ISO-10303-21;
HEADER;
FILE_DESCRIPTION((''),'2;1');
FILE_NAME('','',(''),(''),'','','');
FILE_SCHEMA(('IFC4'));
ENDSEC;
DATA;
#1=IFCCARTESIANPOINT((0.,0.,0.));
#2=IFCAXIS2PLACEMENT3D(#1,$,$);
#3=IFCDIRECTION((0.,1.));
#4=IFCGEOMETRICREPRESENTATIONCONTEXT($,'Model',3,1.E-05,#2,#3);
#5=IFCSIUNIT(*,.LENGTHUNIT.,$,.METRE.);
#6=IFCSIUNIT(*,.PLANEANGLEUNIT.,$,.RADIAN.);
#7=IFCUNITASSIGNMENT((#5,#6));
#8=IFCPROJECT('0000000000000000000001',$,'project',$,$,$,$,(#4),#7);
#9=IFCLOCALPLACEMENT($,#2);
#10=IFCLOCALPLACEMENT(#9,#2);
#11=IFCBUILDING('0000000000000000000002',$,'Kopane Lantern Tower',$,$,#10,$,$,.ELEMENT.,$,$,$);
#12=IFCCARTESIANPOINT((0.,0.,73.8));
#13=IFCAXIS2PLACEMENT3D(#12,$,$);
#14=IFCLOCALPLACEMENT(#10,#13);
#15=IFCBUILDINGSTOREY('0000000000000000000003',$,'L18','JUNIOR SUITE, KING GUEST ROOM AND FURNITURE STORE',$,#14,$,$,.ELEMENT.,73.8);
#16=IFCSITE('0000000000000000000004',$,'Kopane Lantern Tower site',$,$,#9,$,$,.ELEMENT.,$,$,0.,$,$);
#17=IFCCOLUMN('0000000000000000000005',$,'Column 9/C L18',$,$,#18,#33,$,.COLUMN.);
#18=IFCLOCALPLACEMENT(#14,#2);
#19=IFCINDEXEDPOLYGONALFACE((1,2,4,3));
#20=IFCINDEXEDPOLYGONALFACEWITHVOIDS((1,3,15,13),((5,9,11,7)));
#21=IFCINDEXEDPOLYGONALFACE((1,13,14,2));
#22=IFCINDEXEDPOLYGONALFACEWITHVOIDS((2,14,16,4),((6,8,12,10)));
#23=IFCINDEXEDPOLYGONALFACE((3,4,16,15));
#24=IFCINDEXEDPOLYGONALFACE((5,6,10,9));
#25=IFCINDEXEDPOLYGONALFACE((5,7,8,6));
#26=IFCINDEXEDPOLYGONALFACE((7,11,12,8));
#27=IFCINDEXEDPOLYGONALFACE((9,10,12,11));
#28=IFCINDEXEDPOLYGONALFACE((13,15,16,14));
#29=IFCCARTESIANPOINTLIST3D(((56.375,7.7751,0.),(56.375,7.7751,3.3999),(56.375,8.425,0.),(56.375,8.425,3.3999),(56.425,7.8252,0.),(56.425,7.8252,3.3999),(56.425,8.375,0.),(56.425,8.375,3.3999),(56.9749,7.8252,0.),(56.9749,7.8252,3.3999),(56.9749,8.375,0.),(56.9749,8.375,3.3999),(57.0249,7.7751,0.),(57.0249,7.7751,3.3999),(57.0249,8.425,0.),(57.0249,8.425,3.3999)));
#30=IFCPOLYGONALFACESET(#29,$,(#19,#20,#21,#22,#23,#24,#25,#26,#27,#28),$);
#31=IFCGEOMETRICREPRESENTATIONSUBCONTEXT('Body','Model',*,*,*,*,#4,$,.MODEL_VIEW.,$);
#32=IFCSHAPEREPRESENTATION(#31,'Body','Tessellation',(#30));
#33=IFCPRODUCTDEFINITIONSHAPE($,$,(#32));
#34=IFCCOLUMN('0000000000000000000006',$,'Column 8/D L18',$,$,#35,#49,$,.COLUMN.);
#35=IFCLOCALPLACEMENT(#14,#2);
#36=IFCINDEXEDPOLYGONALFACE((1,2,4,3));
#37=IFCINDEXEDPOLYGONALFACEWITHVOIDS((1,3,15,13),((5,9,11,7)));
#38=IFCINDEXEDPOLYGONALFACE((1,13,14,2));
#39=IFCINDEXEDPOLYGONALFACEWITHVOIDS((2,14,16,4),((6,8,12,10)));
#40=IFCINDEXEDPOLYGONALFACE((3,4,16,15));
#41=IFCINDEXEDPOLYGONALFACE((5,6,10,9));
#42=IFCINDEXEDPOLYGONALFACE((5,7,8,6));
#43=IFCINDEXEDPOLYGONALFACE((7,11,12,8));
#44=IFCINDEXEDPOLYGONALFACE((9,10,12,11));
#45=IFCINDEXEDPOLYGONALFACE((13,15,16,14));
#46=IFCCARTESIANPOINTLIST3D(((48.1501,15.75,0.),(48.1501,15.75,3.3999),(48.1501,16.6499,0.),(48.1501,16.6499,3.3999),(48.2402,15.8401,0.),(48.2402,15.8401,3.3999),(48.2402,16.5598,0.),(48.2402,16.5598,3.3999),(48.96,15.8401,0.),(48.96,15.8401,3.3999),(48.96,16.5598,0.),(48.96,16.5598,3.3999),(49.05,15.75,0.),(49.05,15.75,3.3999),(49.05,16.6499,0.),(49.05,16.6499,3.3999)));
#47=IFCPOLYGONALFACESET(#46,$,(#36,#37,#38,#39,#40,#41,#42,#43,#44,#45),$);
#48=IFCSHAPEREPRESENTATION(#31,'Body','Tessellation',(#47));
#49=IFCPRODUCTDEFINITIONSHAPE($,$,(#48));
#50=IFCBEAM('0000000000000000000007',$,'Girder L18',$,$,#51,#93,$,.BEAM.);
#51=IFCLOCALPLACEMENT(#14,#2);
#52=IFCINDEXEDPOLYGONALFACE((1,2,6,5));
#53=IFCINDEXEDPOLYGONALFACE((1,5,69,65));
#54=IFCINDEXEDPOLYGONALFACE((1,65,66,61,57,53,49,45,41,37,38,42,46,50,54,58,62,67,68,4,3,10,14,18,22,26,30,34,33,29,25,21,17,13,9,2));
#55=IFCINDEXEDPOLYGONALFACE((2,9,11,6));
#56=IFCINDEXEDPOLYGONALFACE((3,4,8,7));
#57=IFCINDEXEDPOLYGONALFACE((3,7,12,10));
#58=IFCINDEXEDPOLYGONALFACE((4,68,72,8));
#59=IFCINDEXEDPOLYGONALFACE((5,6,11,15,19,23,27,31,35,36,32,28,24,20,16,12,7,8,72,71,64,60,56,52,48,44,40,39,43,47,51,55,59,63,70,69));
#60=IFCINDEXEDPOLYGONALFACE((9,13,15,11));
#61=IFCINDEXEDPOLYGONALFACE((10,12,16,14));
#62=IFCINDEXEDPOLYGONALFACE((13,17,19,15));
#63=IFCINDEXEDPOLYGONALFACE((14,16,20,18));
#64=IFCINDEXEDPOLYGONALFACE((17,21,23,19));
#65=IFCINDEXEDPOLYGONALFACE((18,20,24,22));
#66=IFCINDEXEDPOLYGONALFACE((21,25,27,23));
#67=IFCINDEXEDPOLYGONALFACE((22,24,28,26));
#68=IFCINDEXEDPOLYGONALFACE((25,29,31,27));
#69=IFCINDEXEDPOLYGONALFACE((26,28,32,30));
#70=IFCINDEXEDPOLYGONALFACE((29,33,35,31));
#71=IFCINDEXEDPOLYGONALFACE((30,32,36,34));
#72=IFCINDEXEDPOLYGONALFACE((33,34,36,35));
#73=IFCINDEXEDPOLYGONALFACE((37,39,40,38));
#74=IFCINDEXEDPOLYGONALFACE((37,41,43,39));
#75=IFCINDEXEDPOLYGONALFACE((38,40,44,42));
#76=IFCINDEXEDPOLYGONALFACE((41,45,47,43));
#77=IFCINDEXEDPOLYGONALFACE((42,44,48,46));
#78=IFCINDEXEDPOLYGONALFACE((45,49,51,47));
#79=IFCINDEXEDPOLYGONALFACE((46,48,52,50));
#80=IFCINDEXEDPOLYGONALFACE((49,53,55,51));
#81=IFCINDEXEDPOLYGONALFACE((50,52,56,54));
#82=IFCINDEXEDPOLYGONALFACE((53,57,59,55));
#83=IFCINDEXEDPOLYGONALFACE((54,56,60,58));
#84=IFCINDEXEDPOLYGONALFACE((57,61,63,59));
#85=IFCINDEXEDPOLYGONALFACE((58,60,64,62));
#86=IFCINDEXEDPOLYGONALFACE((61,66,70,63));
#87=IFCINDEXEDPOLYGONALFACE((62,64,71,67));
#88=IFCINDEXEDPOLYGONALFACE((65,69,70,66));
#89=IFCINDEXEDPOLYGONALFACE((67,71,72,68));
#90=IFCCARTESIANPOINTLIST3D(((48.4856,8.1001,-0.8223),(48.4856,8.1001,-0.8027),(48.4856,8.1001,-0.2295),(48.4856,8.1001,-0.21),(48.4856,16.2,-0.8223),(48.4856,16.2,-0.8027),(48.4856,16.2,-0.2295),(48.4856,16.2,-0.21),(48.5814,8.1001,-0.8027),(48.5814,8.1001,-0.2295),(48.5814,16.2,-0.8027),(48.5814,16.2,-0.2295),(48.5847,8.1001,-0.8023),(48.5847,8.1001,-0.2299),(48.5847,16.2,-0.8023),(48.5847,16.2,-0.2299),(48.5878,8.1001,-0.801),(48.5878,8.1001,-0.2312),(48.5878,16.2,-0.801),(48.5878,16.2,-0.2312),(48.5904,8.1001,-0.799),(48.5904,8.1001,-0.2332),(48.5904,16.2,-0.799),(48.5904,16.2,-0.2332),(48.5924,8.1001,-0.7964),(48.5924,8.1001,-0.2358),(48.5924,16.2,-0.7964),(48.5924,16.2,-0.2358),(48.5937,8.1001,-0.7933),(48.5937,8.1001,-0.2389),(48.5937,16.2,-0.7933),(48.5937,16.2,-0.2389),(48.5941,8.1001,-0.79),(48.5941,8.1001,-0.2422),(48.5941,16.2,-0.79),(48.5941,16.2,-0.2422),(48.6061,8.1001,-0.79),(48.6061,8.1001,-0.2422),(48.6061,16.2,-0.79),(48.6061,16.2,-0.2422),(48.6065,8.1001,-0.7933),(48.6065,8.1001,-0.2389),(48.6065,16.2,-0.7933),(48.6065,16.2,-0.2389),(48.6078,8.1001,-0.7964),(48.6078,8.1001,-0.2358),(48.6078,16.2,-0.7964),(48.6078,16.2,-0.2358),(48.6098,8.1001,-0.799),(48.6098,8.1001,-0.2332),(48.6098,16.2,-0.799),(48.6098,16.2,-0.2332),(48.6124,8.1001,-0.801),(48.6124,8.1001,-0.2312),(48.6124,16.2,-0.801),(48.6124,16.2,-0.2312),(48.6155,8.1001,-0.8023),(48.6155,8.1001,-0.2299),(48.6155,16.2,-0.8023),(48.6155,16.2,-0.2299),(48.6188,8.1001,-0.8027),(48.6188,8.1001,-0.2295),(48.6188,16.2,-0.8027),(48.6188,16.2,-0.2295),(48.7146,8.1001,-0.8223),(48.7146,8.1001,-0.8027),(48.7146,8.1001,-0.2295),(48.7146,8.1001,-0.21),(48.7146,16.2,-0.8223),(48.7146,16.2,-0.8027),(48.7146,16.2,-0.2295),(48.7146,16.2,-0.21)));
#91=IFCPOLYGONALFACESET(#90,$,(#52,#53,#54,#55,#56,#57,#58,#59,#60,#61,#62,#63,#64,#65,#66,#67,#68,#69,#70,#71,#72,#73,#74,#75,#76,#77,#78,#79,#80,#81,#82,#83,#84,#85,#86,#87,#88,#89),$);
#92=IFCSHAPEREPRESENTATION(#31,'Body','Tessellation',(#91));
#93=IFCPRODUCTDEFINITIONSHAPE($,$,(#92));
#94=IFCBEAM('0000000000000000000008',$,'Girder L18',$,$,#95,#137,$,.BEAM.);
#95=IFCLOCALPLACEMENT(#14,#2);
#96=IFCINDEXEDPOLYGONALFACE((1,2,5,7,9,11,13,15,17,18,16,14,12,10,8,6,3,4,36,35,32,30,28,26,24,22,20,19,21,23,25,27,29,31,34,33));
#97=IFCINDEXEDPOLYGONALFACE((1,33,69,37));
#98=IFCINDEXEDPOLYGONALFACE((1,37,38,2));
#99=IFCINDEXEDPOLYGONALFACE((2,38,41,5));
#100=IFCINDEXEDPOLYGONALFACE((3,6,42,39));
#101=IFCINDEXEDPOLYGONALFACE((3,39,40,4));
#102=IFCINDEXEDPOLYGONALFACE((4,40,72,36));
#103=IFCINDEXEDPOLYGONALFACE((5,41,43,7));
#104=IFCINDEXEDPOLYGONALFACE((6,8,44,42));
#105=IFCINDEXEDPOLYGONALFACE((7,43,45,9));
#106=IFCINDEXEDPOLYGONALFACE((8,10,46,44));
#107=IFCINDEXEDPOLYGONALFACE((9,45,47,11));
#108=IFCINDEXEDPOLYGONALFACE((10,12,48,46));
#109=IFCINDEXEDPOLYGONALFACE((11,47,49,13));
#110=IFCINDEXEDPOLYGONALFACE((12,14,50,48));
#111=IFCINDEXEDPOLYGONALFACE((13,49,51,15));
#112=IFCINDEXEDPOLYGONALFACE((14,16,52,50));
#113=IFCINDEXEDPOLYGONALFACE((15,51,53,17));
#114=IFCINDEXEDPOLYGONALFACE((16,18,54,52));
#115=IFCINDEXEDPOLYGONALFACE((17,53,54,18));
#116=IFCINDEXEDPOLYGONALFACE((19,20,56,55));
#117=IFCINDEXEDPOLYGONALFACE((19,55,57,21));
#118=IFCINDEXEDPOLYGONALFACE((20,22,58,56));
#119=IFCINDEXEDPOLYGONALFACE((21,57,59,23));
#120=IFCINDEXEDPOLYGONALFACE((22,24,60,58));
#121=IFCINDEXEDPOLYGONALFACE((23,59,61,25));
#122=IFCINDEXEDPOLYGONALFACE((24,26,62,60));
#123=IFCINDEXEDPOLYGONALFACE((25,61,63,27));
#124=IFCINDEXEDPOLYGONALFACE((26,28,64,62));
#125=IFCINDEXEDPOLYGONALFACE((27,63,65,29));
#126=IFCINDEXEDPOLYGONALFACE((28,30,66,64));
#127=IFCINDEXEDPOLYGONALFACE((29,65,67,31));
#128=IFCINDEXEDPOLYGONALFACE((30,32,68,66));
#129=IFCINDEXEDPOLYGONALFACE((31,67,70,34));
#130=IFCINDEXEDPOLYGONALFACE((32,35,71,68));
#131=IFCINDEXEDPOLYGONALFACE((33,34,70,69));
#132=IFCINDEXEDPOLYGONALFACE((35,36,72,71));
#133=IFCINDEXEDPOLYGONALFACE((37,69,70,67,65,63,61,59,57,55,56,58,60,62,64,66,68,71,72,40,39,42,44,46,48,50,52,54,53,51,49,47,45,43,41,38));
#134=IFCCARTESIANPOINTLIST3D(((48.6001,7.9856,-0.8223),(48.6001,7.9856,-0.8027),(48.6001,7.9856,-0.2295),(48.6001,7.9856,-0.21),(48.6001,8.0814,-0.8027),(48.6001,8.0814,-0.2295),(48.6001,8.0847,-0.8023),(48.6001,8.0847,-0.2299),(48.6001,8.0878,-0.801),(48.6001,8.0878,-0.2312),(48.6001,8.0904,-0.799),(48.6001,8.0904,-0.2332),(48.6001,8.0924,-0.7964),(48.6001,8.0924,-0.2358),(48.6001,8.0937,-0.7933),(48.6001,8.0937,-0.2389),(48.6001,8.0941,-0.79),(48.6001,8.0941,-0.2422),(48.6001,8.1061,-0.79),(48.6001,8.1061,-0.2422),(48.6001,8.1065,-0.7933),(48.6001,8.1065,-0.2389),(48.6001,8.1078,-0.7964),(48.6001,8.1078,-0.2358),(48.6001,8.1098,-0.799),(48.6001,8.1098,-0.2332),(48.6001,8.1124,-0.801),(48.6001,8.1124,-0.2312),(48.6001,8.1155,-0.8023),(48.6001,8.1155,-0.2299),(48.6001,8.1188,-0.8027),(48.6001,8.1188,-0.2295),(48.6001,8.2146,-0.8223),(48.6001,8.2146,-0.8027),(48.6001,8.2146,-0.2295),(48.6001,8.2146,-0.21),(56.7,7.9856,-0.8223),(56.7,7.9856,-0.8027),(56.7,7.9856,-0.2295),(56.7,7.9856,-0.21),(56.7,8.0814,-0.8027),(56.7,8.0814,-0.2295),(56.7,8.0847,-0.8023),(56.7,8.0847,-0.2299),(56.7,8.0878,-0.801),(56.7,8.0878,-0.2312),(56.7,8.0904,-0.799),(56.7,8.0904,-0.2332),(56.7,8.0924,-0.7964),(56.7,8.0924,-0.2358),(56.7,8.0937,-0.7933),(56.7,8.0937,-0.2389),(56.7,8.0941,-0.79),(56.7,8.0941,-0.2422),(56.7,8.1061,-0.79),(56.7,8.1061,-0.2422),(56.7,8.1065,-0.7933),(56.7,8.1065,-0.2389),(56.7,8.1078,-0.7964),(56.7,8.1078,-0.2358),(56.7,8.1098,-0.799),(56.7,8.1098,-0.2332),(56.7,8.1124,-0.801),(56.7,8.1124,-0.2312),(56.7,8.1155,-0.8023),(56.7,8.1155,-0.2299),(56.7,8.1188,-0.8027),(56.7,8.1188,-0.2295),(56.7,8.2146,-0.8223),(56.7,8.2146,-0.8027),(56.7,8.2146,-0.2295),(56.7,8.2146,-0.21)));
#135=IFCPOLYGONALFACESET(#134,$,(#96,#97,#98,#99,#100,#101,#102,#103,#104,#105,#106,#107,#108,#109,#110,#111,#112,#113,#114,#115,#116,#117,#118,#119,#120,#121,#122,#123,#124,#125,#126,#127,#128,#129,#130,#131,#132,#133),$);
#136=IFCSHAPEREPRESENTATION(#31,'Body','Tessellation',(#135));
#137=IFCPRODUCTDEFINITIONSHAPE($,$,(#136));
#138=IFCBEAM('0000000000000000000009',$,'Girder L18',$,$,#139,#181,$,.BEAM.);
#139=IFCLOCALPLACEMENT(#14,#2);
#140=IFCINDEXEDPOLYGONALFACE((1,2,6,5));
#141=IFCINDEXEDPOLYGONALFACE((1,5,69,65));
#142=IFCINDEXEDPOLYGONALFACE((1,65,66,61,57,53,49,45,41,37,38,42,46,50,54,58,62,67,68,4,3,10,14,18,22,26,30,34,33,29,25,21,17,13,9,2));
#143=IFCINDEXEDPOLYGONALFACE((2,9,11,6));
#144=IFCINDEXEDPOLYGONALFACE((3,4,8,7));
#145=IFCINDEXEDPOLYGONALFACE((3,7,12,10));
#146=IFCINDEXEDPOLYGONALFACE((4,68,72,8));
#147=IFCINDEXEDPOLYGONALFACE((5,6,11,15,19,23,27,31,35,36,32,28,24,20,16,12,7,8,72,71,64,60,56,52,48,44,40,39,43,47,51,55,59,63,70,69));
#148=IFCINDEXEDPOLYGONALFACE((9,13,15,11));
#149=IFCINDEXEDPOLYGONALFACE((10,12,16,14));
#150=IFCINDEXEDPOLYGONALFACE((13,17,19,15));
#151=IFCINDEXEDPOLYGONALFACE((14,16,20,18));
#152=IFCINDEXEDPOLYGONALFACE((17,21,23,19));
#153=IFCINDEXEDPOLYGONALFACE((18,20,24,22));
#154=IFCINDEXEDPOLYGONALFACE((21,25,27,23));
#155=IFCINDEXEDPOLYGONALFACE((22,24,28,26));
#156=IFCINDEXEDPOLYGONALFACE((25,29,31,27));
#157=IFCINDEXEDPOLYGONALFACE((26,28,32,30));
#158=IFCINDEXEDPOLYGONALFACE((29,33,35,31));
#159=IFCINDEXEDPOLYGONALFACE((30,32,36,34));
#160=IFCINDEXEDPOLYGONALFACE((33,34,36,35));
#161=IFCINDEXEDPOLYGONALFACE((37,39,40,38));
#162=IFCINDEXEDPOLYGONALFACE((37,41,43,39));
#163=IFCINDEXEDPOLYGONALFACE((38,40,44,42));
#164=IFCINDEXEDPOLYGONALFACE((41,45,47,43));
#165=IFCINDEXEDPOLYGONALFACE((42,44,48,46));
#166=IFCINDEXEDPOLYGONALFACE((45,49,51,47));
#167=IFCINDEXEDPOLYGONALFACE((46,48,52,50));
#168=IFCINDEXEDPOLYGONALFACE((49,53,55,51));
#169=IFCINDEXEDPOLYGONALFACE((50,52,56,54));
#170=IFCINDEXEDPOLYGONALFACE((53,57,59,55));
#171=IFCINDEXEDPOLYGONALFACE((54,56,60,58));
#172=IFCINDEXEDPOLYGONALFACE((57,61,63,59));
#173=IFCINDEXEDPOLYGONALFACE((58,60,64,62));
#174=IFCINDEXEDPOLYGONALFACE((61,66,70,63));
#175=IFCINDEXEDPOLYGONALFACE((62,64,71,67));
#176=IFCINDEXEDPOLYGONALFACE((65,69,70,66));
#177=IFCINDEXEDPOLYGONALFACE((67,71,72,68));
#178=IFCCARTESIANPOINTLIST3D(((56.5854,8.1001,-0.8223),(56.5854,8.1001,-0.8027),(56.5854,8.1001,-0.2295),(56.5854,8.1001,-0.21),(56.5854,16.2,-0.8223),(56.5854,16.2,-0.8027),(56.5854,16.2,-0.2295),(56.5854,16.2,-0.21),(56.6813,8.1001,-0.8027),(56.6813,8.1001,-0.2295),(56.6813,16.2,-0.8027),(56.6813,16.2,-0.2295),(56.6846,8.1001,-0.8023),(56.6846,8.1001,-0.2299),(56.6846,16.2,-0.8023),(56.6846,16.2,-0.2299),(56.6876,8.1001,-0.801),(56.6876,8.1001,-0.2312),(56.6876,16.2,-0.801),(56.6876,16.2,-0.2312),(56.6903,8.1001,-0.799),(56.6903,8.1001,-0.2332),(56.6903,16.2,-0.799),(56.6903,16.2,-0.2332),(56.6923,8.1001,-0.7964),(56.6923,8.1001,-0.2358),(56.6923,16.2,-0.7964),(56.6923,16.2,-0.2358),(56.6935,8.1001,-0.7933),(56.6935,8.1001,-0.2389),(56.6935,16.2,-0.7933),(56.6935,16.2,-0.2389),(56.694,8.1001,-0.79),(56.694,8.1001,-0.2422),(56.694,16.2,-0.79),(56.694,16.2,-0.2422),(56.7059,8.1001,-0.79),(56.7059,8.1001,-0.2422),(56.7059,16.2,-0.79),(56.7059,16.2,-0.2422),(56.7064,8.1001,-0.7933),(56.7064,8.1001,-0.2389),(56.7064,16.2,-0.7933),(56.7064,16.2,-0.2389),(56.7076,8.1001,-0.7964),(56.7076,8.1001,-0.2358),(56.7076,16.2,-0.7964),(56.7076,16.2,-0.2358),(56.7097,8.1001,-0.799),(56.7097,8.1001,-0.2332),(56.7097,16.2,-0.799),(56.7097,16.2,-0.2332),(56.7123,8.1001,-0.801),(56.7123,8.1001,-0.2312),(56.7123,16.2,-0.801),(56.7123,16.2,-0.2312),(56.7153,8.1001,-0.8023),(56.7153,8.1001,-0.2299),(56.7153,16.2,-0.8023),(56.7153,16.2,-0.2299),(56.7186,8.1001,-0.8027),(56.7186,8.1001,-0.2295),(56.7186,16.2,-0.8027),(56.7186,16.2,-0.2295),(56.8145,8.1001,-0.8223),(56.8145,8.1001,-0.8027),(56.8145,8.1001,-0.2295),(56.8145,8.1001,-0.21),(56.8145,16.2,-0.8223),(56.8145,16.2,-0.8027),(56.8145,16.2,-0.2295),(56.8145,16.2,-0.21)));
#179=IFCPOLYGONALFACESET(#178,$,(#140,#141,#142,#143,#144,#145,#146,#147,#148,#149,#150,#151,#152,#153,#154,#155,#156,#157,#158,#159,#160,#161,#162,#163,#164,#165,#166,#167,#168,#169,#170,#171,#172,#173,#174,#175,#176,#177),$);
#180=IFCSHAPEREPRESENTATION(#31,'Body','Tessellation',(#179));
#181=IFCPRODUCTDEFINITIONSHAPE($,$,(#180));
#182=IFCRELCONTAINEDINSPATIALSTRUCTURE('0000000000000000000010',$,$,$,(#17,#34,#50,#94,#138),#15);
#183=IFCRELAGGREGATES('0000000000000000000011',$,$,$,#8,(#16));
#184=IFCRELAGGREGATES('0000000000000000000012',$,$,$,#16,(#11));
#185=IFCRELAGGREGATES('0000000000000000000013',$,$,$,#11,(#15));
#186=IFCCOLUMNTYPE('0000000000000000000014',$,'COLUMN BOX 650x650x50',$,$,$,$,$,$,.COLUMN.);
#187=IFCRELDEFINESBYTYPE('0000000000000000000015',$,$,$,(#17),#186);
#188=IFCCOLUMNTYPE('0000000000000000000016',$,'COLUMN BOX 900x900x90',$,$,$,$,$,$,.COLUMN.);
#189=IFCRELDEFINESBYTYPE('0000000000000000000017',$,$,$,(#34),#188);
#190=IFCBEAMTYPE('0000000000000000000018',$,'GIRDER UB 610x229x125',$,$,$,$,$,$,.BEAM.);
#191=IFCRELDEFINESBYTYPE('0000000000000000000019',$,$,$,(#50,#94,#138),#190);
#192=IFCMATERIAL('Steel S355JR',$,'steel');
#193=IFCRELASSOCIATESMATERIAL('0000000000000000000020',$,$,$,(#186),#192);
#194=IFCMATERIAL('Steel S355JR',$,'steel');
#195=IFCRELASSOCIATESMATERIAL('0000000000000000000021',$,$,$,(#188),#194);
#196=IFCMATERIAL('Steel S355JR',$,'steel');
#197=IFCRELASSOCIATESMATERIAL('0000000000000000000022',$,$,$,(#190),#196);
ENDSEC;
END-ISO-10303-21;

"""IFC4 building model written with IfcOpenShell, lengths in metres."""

from ifc_helpers import new_model, si_unit, direction, frame, origin, origin_2d, place, context, subcontext, project, spatial, hollow_rectangle, i_section, extrude, material, material_profile, profile_set, type_object, element, save


model = new_model("IFC4")

# Units and contexts
model_context = context("Model", 3, precision=1e-05, world=origin(), true_north=direction((0.0, 1.0)))
body_context = subcontext(model_context, "Body", "Model", "MODEL_VIEW")
ifc_project = project(units=[si_unit("LENGTHUNIT", "METRE"), si_unit("PLANEANGLEUNIT", "RADIAN")], contexts=[model_context])

# Site, building, storey
site_placement = place(None, origin())
site = spatial("IfcSite", under=ifc_project, at=site_placement, Name="Kopane Lantern Tower site", CompositionType="ELEMENT", RefElevation=0.0)
building_placement = place(site_placement, origin())
building = spatial("IfcBuilding", under=site, at=building_placement, Name="Kopane Lantern Tower", CompositionType="ELEMENT")
storey_placement = place(building_placement, frame((0.0, 0.0, 73.8)))
storey = spatial("IfcBuildingStorey", under=building, at=storey_placement, Name="L18", Description="JUNIOR SUITE, KING GUEST ROOM AND FURNITURE STORE", CompositionType="ELEMENT", Elevation=73.8)

# Columns
ifc_material_1 = material(Name="Steel S355JR", Category="steel")
ifc_material_profile_1 = material_profile(ifc_material_1, hollow_rectangle(XDim=0.6499, YDim=0.6499, WallThickness=0.05, at=origin_2d()), Name="BOX 650x650x50")
ifc_profile_set_1 = profile_set([ifc_material_profile_1], Name="Steel S355JR")
column_type_1 = type_object("IfcColumnType", Name="COLUMN BOX 650x650x50", PredefinedType="COLUMN", material=ifc_profile_set_1)
column_1_placement = place(storey_placement, frame((56.7, 8.1001, 0.0), z_axis=(0.0, 0.0, 1.0), x_axis=(1.0, 0.0, 0.0)))
element("IfcColumn", 1, at=column_1_placement, inside=storey, type_object=column_type_1, Name="Column 9/C L18", PredefinedType="COLUMN", context=body_context, shape_type="SweptSolid", body=[
    extrude(hollow_rectangle(XDim=0.6499, YDim=0.6499, WallThickness=0.05, at=origin_2d()), origin(), (0.0, 0.0, 1.0), 3.3999),
])
ifc_material_2 = material(Name="Steel S355JR", Category="steel")
ifc_material_profile_2 = material_profile(ifc_material_2, hollow_rectangle(XDim=0.8999, YDim=0.8999, WallThickness=0.0901, at=origin_2d()), Name="BOX 900x900x90")
ifc_profile_set_2 = profile_set([ifc_material_profile_2], Name="Steel S355JR")
column_type_2 = type_object("IfcColumnType", Name="COLUMN BOX 900x900x90", PredefinedType="COLUMN", material=ifc_profile_set_2)
column_2_placement = place(storey_placement, frame((48.6001, 16.2, 0.0), z_axis=(0.0, 0.0, 1.0), x_axis=(1.0, 0.0, 0.0)))
element("IfcColumn", 2, at=column_2_placement, inside=storey, type_object=column_type_2, Name="Column 8/D L18", PredefinedType="COLUMN", context=body_context, shape_type="SweptSolid", body=[
    extrude(hollow_rectangle(XDim=0.8999, YDim=0.8999, WallThickness=0.0901, at=origin_2d()), origin(), (0.0, 0.0, 1.0), 3.3999),
])

# Beams
ifc_material_3 = material(Name="Steel S355JR", Category="steel")
ifc_material_profile_3 = material_profile(ifc_material_3, i_section(OverallWidth=0.229, OverallDepth=0.6123, WebThickness=0.012, FlangeThickness=0.0195, FilletRadius=0.0127, at=origin_2d()), Name="UB 610x229x125")
ifc_profile_set_3 = profile_set([ifc_material_profile_3], Name="Steel S355JR")
beam_type = type_object("IfcBeamType", Name="GIRDER UB 610x229x125", PredefinedType="BEAM", material=ifc_profile_set_3)
for number, where, z_axis, x_axis, name in (
    (3, (48.6001, 8.1001, -0.5161), (0.0, 1.0, 0.0), (-1.0, 0.0, 0.0), "Girder L18"),
    (4, (48.6001, 8.1001, -0.5161), (1.0, 0.0, 0.0), (0.0, 1.0, 0.0), "Girder L18"),
    (5, (56.7, 8.1001, -0.5161), (0.0, 1.0, 0.0), (-1.0, 0.0, 0.0), "Girder L18"),
):
    element("IfcBeam", number, at=place(storey_placement, frame(where, z_axis=z_axis, x_axis=x_axis)), inside=storey, type_object=beam_type, Name=name, PredefinedType="BEAM", context=body_context, shape_type="SweptSolid", body=[
        extrude(i_section(OverallWidth=0.229, OverallDepth=0.6123, WebThickness=0.012, FlangeThickness=0.0195, FilletRadius=0.0127, at=origin_2d()), origin(), (0.0, 0.0, 1.0), 8.0999),
    ])

save(model, "model.ifc")
